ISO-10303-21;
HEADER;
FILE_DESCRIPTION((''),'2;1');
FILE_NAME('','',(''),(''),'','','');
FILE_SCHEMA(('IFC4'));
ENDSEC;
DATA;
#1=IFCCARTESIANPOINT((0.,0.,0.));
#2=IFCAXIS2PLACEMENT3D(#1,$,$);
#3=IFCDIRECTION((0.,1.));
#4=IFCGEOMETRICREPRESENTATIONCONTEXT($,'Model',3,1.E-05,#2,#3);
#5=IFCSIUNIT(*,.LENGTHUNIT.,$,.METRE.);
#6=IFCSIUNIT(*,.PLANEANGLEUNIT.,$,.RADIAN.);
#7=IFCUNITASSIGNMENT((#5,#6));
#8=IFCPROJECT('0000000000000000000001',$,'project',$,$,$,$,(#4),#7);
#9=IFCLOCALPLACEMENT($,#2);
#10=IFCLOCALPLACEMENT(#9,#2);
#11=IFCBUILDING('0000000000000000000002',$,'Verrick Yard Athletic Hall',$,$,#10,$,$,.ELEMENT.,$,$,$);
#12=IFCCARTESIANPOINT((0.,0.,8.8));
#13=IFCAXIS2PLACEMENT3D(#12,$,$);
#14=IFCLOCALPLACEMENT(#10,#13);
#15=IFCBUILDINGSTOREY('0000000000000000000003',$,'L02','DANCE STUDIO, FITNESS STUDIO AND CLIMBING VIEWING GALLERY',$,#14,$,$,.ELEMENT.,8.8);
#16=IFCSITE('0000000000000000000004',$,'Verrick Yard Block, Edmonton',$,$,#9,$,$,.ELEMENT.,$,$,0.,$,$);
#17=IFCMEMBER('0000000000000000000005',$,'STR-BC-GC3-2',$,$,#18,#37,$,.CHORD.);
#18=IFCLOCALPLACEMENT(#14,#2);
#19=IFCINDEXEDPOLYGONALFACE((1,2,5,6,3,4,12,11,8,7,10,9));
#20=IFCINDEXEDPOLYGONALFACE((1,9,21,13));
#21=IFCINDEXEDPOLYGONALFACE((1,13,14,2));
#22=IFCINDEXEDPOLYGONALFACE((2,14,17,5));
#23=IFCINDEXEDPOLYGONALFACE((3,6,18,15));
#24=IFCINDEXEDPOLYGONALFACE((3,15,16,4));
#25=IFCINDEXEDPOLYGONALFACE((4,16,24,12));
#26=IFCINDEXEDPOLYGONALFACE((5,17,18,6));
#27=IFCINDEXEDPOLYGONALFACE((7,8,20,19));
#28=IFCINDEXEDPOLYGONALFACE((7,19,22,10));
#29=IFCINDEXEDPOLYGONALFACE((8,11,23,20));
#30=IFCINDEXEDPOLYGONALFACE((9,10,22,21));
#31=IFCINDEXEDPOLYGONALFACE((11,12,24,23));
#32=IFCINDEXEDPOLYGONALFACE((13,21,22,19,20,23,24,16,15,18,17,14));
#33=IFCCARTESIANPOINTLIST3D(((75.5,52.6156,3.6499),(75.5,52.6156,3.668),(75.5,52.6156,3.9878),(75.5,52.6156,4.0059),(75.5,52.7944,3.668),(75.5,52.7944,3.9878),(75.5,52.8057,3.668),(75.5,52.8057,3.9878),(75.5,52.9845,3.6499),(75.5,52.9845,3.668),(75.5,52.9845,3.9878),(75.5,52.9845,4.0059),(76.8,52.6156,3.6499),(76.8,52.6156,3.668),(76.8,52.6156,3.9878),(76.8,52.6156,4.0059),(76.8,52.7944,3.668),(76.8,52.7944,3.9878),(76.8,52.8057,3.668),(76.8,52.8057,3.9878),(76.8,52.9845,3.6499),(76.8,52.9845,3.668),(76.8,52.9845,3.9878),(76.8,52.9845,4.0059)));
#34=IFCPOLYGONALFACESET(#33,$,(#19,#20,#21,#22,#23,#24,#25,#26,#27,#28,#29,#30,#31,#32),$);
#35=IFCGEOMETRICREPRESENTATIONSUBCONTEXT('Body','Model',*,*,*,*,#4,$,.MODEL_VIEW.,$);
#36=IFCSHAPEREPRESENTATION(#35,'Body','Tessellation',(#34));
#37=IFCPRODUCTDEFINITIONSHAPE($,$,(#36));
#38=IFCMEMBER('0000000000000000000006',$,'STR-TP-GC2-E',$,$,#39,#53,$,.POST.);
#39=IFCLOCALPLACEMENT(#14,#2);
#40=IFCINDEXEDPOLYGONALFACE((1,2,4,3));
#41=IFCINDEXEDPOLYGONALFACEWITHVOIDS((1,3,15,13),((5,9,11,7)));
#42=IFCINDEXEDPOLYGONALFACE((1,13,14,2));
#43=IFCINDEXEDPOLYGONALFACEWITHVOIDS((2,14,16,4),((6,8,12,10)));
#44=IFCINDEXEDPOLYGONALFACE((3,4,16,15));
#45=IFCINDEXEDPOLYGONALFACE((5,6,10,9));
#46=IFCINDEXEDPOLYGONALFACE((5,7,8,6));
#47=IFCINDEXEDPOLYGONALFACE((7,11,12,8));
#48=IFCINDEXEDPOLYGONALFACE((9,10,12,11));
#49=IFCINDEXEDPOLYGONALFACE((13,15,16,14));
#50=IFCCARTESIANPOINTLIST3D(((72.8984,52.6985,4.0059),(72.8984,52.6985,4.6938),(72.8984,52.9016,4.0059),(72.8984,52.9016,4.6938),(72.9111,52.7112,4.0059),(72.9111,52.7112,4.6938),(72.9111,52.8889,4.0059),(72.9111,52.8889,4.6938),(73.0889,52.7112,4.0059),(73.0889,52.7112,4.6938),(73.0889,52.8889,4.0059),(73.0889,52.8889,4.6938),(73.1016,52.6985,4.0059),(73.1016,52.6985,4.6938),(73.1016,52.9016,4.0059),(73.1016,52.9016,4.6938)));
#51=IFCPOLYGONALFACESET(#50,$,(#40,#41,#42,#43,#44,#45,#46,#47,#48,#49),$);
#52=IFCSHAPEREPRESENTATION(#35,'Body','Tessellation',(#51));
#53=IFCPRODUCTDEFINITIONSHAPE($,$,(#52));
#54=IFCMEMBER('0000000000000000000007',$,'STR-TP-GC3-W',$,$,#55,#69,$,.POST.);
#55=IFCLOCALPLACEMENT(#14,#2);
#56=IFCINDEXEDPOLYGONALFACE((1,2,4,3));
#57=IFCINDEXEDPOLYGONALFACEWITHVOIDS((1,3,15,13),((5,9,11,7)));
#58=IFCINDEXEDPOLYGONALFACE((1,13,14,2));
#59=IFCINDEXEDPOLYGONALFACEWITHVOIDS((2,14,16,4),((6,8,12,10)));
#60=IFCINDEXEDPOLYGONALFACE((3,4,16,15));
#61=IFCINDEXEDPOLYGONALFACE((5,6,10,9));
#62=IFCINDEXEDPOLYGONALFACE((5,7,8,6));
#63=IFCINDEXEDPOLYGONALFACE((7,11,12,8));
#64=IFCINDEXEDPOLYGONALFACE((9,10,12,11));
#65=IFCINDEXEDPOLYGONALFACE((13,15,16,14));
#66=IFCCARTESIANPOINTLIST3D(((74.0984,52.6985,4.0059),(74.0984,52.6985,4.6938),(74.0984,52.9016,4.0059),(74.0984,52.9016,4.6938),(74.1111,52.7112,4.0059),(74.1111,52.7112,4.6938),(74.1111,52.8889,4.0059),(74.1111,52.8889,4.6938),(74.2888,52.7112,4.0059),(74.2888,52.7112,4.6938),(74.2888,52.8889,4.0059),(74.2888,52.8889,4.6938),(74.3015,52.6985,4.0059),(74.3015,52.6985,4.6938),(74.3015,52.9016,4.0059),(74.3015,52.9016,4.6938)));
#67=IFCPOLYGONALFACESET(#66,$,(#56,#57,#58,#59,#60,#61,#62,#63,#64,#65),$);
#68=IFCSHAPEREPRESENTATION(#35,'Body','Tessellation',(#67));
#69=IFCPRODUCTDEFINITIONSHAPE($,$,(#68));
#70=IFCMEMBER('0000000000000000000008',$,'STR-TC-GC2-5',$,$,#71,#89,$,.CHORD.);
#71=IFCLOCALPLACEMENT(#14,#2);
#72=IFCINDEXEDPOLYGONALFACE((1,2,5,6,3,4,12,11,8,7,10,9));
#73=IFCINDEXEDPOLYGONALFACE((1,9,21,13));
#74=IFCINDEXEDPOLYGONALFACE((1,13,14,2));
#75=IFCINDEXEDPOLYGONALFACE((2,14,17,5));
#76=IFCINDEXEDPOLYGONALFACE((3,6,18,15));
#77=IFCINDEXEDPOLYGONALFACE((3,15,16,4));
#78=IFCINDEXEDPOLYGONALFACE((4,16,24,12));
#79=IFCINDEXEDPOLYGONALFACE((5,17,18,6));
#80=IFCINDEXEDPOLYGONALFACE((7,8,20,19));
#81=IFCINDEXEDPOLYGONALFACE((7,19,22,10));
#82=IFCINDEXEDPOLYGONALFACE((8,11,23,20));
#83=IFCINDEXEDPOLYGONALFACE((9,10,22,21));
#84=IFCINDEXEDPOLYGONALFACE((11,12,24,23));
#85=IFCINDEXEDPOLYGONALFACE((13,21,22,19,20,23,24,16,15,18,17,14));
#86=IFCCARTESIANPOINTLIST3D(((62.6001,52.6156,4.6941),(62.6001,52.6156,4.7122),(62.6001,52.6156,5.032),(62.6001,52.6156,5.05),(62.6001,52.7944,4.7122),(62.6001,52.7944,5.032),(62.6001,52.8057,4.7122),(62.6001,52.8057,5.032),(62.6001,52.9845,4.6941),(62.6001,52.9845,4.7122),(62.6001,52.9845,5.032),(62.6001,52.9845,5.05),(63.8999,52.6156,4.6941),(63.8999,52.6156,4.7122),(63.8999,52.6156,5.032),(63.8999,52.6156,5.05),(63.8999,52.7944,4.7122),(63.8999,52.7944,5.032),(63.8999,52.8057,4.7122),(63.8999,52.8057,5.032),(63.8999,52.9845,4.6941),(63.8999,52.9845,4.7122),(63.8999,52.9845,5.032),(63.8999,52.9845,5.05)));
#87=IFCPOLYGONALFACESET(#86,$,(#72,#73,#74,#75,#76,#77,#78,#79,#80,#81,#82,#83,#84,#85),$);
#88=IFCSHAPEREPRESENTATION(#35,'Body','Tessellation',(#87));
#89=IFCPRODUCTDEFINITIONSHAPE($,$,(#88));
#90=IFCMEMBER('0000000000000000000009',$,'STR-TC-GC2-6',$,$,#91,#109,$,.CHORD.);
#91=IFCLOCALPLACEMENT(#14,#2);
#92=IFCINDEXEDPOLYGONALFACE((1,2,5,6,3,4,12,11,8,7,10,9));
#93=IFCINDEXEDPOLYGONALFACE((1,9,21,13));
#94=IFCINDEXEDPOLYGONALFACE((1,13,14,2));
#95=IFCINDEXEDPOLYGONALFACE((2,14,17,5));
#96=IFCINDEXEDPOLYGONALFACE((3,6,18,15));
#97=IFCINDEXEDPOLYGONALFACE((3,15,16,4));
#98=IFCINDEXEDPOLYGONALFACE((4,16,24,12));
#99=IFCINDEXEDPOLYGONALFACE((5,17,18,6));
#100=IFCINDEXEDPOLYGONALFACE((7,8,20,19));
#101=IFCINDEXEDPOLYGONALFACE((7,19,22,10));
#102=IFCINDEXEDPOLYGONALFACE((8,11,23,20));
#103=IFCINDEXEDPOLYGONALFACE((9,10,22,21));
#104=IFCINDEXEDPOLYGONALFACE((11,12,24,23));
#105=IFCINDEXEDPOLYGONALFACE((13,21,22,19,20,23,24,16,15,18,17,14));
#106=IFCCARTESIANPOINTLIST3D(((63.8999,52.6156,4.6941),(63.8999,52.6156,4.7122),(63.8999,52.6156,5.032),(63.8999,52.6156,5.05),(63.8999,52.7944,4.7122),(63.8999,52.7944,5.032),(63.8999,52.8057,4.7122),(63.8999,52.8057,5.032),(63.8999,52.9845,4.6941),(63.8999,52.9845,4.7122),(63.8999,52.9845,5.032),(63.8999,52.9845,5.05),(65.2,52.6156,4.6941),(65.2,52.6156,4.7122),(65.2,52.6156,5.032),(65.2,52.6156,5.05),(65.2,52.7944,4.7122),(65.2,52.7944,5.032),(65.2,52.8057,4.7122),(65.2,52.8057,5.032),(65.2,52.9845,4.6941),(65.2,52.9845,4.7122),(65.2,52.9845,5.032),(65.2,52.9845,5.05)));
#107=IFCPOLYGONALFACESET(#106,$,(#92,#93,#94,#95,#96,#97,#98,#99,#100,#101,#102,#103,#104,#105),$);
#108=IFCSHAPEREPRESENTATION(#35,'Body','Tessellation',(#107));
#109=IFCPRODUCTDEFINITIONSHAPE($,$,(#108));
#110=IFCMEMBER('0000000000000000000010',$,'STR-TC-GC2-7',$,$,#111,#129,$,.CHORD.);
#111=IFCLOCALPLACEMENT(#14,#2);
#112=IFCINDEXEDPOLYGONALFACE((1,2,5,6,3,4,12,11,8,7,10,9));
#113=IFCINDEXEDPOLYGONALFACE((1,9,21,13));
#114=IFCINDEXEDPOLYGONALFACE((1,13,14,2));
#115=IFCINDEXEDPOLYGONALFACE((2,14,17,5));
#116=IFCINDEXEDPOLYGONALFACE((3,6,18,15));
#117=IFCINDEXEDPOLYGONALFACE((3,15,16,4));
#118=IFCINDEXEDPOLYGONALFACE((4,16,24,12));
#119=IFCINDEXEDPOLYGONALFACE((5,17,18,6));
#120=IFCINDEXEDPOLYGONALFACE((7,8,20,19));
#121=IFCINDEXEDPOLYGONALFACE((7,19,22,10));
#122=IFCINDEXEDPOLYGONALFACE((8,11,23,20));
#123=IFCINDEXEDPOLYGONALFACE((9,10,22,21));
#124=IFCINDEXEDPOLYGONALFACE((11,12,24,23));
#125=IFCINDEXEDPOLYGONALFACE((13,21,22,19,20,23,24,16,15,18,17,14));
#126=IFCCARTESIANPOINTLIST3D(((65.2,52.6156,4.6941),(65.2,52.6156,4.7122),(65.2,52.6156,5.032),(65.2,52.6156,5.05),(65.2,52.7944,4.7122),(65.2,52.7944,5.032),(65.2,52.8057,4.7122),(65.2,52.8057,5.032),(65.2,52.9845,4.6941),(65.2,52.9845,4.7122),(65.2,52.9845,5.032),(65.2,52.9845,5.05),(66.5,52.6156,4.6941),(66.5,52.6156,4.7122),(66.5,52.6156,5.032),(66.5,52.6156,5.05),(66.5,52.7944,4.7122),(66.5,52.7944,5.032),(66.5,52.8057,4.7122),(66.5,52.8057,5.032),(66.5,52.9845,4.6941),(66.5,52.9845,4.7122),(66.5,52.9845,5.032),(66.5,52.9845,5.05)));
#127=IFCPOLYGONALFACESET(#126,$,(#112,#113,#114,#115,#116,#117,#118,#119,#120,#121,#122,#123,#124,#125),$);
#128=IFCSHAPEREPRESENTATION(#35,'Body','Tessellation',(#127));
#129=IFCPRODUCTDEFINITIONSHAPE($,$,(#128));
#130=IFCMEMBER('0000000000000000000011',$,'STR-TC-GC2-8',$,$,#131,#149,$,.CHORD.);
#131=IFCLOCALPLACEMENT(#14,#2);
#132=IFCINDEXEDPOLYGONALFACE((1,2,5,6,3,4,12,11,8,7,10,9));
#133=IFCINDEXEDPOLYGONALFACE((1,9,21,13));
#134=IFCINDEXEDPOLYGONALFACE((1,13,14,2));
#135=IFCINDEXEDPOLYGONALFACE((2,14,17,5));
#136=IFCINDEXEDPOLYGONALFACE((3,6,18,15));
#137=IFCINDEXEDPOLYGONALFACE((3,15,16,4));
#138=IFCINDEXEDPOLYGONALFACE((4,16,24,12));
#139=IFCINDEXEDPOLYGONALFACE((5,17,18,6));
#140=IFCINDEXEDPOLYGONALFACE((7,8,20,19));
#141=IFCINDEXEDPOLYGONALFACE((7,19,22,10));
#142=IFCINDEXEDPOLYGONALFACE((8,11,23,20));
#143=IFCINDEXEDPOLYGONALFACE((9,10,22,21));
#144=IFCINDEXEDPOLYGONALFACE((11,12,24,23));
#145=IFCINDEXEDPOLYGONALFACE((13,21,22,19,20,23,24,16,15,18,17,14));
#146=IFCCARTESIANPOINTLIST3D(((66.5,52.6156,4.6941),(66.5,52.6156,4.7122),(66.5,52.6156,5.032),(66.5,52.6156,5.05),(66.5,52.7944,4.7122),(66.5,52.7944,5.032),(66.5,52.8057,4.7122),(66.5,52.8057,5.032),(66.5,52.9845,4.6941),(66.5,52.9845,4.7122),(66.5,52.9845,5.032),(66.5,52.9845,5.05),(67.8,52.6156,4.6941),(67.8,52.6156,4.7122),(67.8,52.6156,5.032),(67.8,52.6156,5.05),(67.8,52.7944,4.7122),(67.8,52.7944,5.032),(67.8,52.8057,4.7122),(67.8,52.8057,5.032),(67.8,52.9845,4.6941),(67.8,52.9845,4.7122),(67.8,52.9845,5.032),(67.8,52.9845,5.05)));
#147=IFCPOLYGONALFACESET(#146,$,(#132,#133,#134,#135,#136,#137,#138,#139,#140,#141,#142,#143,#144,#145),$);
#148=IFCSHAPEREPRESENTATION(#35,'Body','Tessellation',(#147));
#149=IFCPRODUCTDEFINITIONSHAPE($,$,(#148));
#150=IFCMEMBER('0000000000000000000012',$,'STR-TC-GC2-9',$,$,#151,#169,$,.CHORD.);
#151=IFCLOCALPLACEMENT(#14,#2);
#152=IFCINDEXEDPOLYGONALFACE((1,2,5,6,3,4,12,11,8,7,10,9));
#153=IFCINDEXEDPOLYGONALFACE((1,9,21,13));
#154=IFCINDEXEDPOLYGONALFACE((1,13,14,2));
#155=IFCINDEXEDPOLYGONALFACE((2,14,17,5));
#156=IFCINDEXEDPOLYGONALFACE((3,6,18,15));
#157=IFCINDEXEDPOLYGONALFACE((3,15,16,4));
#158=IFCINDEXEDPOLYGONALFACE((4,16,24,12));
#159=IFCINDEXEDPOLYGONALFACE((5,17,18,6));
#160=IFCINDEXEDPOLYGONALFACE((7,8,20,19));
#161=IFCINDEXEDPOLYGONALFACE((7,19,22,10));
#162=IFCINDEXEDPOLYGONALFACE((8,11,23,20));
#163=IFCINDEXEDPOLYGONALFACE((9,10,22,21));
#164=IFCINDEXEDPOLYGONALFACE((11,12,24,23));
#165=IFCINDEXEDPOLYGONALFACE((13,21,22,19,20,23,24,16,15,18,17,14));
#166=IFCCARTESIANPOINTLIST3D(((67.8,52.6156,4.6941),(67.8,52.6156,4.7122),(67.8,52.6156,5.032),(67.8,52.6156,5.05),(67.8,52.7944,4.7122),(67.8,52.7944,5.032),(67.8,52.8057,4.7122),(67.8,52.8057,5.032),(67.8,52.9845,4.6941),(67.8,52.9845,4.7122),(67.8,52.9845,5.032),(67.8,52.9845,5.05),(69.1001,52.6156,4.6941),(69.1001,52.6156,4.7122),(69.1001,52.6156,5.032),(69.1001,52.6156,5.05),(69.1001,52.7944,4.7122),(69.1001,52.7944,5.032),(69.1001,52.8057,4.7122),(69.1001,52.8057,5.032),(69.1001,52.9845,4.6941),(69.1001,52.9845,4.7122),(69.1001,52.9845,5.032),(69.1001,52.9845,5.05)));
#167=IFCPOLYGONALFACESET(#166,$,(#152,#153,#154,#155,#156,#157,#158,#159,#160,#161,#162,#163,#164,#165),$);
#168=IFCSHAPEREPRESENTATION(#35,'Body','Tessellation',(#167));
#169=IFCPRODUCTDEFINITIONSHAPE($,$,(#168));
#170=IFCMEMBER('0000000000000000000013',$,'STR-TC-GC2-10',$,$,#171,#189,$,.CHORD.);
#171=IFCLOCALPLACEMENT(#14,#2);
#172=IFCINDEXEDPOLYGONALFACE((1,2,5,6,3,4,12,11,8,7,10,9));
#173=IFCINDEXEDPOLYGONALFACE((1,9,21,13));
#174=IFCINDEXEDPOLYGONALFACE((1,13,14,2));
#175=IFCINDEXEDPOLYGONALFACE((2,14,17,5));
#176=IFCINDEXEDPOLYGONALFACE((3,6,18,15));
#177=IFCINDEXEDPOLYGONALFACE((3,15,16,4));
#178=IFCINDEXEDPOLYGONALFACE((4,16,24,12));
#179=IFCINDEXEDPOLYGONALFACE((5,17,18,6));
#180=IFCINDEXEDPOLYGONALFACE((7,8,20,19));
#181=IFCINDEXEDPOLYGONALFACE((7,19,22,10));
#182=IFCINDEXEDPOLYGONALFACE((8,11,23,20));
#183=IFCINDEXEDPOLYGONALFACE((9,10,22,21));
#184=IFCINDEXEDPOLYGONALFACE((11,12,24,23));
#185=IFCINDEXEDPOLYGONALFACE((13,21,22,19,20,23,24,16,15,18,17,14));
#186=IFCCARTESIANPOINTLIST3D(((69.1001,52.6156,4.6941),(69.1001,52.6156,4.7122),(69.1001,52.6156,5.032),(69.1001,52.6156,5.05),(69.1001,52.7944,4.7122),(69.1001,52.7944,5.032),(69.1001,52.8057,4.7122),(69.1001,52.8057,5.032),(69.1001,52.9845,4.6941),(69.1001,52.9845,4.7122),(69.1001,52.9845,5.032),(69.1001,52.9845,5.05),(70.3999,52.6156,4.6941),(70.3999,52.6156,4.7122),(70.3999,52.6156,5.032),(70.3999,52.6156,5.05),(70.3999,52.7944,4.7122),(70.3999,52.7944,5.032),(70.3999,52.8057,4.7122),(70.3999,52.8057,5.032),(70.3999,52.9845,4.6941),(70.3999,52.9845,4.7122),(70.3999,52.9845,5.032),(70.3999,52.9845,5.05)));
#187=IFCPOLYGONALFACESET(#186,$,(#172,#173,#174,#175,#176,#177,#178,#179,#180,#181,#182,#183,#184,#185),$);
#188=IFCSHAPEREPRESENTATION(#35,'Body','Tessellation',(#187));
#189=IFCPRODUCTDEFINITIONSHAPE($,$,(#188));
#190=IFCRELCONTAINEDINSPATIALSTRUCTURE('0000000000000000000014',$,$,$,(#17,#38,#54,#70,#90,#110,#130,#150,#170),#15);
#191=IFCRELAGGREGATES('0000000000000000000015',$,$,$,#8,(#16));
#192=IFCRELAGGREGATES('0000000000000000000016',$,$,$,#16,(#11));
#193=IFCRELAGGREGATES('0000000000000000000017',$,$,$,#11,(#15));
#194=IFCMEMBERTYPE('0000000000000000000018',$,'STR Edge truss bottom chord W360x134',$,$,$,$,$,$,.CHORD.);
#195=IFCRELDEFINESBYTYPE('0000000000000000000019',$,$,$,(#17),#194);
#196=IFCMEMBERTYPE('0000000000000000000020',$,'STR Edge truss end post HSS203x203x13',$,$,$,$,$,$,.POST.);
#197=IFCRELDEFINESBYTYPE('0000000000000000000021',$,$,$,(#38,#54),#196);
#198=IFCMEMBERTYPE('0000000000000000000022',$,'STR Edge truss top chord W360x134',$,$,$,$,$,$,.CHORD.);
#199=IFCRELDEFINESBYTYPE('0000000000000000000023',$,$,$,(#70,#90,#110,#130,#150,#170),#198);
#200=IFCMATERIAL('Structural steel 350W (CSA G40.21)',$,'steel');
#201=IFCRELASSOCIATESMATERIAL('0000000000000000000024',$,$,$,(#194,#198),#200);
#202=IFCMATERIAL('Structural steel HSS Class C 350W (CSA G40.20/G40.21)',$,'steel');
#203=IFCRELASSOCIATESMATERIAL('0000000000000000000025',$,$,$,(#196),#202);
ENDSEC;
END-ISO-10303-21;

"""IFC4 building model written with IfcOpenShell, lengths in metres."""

from ifc_helpers import new_model, si_unit, direction, frame, origin, origin_2d, place, context, subcontext, project, spatial, hollow_rectangle, i_section, extrude, material, material_profile, profile_set, type_object, element, save


model = new_model("IFC4")

# Units and contexts
model_context = context("Model", 3, precision=1e-05, world=origin(), true_north=direction((0.0, 1.0)))
body_context = subcontext(model_context, "Body", "Model", "MODEL_VIEW")
ifc_project = project(units=[si_unit("LENGTHUNIT", "METRE"), si_unit("PLANEANGLEUNIT", "RADIAN")], contexts=[model_context])

# Site, building, storey
site_placement = place(None, origin())
site = spatial("IfcSite", under=ifc_project, at=site_placement, Name="Verrick Yard Block, Edmonton", CompositionType="ELEMENT", RefElevation=0.0)
building_placement = place(site_placement, origin())
building = spatial("IfcBuilding", under=site, at=building_placement, Name="Verrick Yard Athletic Hall", CompositionType="ELEMENT")
storey_placement = place(building_placement, frame((0.0, 0.0, 8.8)))
storey = spatial("IfcBuildingStorey", under=building, at=storey_placement, Name="L02", Description="DANCE STUDIO, FITNESS STUDIO AND CLIMBING VIEWING GALLERY", CompositionType="ELEMENT", Elevation=8.8)

# Members
ifc_material_1 = material(Name="Structural steel 350W (CSA G40.21)", Category="steel")
ifc_material_profile_1 = material_profile(ifc_material_1, i_section(OverallWidth=0.3689, OverallDepth=0.356, WebThickness=0.0112, FlangeThickness=0.0181, at=origin_2d()), Name="W360x134")
ifc_profile_set_1 = profile_set([ifc_material_profile_1], Name="Structural steel 350W (CSA G40.21)")
member_type_1 = type_object("IfcMemberType", Name="STR Edge truss bottom chord W360x134", PredefinedType="CHORD", material=ifc_profile_set_1)
member_1_placement = place(storey_placement, frame((75.5, 52.8, 3.8279), z_axis=(1.0, 0.0, 0.0), x_axis=(0.0, 1.0, 0.0)))
element("IfcMember", 1, at=member_1_placement, inside=storey, type_object=member_type_1, Name="STR-BC-GC3-2", PredefinedType="CHORD", context=body_context, shape_type="SweptSolid", body=[
    extrude(i_section(OverallWidth=0.3689, OverallDepth=0.356, WebThickness=0.0112, FlangeThickness=0.0181, at=origin_2d()), origin(), (0.0, 0.0, 1.0), 1.3),
])
ifc_material_2 = material(Name="Structural steel HSS Class C 350W (CSA G40.20/G40.21)", Category="steel")
ifc_material_profile_2 = material_profile(ifc_material_2, hollow_rectangle(XDim=0.2031, YDim=0.2031, WallThickness=0.0127, at=origin_2d()), Name="HSS203x203x13")
ifc_profile_set_2 = profile_set([ifc_material_profile_2], Name="Structural steel HSS Class C 350W (CSA G40.20/G40.21)")
member_type_2 = type_object("IfcMemberType", Name="STR Edge truss end post HSS203x203x13", PredefinedType="POST", material=ifc_profile_set_2)
for number, where, z_axis, x_axis, name in (
    (2, (73.0, 52.8, 4.0059), (0.0, 0.0, 1.0), (1.0, 0.0, 0.0), "STR-TP-GC2-E"),
    (3, (74.2, 52.8, 4.0059), (0.0, 0.0, 1.0), (1.0, 0.0, 0.0), "STR-TP-GC3-W"),
):
    element("IfcMember", number, at=place(storey_placement, frame(where, z_axis=z_axis, x_axis=x_axis)), inside=storey, type_object=member_type_2, Name=name, PredefinedType="POST", context=body_context, shape_type="SweptSolid", body=[
        extrude(hollow_rectangle(XDim=0.2031, YDim=0.2031, WallThickness=0.0127, at=origin_2d()), origin(), (0.0, 0.0, 1.0), 0.688),
    ])
ifc_material_profile_3 = material_profile(ifc_material_1, i_section(OverallWidth=0.3689, OverallDepth=0.356, WebThickness=0.0112, FlangeThickness=0.0181, at=origin_2d()), Name="W360x134")
ifc_profile_set_3 = profile_set([ifc_material_profile_3], Name="Structural steel 350W (CSA G40.21)")
member_type_3 = type_object("IfcMemberType", Name="STR Edge truss top chord W360x134", PredefinedType="CHORD", material=ifc_profile_set_3)
member_2_placement = place(storey_placement, frame((62.6001, 52.8, 4.8721), z_axis=(1.0, 0.0, 0.0), x_axis=(0.0, 1.0, 0.0)))
element("IfcMember", 4, at=member_2_placement, inside=storey, type_object=member_type_3, Name="STR-TC-GC2-5", PredefinedType="CHORD", context=body_context, shape_type="SweptSolid", body=[
    extrude(i_section(OverallWidth=0.3689, OverallDepth=0.356, WebThickness=0.0112, FlangeThickness=0.0181, at=origin_2d()), origin(), (0.0, 0.0, 1.0), 1.2998),
])
for number, where, z_axis, x_axis, name in (
    (5, (63.8999, 52.8, 4.8721), (1.0, 0.0, 0.0), (0.0, 1.0, 0.0), "STR-TC-GC2-6"),
    (6, (65.2, 52.8, 4.8721), (1.0, 0.0, 0.0), (0.0, 1.0, 0.0), "STR-TC-GC2-7"),
    (7, (66.5, 52.8, 4.8721), (1.0, 0.0, 0.0), (0.0, 1.0, 0.0), "STR-TC-GC2-8"),
    (8, (67.8, 52.8, 4.8721), (1.0, 0.0, 0.0), (0.0, 1.0, 0.0), "STR-TC-GC2-9"),
):
    element("IfcMember", number, at=place(storey_placement, frame(where, z_axis=z_axis, x_axis=x_axis)), inside=storey, type_object=member_type_3, Name=name, PredefinedType="CHORD", context=body_context, shape_type="SweptSolid", body=[
        extrude(i_section(OverallWidth=0.3689, OverallDepth=0.356, WebThickness=0.0112, FlangeThickness=0.0181, at=origin_2d()), origin(), (0.0, 0.0, 1.0), 1.3),
    ])
member_3_placement = place(storey_placement, frame((69.1001, 52.8, 4.8721), z_axis=(1.0, 0.0, 0.0), x_axis=(0.0, 1.0, 0.0)))
element("IfcMember", 9, at=member_3_placement, inside=storey, type_object=member_type_3, Name="STR-TC-GC2-10", PredefinedType="CHORD", context=body_context, shape_type="SweptSolid", body=[
    extrude(i_section(OverallWidth=0.3689, OverallDepth=0.356, WebThickness=0.0112, FlangeThickness=0.0181, at=origin_2d()), origin(), (0.0, 0.0, 1.0), 1.2998),
])

save(model, "model.ifc")
